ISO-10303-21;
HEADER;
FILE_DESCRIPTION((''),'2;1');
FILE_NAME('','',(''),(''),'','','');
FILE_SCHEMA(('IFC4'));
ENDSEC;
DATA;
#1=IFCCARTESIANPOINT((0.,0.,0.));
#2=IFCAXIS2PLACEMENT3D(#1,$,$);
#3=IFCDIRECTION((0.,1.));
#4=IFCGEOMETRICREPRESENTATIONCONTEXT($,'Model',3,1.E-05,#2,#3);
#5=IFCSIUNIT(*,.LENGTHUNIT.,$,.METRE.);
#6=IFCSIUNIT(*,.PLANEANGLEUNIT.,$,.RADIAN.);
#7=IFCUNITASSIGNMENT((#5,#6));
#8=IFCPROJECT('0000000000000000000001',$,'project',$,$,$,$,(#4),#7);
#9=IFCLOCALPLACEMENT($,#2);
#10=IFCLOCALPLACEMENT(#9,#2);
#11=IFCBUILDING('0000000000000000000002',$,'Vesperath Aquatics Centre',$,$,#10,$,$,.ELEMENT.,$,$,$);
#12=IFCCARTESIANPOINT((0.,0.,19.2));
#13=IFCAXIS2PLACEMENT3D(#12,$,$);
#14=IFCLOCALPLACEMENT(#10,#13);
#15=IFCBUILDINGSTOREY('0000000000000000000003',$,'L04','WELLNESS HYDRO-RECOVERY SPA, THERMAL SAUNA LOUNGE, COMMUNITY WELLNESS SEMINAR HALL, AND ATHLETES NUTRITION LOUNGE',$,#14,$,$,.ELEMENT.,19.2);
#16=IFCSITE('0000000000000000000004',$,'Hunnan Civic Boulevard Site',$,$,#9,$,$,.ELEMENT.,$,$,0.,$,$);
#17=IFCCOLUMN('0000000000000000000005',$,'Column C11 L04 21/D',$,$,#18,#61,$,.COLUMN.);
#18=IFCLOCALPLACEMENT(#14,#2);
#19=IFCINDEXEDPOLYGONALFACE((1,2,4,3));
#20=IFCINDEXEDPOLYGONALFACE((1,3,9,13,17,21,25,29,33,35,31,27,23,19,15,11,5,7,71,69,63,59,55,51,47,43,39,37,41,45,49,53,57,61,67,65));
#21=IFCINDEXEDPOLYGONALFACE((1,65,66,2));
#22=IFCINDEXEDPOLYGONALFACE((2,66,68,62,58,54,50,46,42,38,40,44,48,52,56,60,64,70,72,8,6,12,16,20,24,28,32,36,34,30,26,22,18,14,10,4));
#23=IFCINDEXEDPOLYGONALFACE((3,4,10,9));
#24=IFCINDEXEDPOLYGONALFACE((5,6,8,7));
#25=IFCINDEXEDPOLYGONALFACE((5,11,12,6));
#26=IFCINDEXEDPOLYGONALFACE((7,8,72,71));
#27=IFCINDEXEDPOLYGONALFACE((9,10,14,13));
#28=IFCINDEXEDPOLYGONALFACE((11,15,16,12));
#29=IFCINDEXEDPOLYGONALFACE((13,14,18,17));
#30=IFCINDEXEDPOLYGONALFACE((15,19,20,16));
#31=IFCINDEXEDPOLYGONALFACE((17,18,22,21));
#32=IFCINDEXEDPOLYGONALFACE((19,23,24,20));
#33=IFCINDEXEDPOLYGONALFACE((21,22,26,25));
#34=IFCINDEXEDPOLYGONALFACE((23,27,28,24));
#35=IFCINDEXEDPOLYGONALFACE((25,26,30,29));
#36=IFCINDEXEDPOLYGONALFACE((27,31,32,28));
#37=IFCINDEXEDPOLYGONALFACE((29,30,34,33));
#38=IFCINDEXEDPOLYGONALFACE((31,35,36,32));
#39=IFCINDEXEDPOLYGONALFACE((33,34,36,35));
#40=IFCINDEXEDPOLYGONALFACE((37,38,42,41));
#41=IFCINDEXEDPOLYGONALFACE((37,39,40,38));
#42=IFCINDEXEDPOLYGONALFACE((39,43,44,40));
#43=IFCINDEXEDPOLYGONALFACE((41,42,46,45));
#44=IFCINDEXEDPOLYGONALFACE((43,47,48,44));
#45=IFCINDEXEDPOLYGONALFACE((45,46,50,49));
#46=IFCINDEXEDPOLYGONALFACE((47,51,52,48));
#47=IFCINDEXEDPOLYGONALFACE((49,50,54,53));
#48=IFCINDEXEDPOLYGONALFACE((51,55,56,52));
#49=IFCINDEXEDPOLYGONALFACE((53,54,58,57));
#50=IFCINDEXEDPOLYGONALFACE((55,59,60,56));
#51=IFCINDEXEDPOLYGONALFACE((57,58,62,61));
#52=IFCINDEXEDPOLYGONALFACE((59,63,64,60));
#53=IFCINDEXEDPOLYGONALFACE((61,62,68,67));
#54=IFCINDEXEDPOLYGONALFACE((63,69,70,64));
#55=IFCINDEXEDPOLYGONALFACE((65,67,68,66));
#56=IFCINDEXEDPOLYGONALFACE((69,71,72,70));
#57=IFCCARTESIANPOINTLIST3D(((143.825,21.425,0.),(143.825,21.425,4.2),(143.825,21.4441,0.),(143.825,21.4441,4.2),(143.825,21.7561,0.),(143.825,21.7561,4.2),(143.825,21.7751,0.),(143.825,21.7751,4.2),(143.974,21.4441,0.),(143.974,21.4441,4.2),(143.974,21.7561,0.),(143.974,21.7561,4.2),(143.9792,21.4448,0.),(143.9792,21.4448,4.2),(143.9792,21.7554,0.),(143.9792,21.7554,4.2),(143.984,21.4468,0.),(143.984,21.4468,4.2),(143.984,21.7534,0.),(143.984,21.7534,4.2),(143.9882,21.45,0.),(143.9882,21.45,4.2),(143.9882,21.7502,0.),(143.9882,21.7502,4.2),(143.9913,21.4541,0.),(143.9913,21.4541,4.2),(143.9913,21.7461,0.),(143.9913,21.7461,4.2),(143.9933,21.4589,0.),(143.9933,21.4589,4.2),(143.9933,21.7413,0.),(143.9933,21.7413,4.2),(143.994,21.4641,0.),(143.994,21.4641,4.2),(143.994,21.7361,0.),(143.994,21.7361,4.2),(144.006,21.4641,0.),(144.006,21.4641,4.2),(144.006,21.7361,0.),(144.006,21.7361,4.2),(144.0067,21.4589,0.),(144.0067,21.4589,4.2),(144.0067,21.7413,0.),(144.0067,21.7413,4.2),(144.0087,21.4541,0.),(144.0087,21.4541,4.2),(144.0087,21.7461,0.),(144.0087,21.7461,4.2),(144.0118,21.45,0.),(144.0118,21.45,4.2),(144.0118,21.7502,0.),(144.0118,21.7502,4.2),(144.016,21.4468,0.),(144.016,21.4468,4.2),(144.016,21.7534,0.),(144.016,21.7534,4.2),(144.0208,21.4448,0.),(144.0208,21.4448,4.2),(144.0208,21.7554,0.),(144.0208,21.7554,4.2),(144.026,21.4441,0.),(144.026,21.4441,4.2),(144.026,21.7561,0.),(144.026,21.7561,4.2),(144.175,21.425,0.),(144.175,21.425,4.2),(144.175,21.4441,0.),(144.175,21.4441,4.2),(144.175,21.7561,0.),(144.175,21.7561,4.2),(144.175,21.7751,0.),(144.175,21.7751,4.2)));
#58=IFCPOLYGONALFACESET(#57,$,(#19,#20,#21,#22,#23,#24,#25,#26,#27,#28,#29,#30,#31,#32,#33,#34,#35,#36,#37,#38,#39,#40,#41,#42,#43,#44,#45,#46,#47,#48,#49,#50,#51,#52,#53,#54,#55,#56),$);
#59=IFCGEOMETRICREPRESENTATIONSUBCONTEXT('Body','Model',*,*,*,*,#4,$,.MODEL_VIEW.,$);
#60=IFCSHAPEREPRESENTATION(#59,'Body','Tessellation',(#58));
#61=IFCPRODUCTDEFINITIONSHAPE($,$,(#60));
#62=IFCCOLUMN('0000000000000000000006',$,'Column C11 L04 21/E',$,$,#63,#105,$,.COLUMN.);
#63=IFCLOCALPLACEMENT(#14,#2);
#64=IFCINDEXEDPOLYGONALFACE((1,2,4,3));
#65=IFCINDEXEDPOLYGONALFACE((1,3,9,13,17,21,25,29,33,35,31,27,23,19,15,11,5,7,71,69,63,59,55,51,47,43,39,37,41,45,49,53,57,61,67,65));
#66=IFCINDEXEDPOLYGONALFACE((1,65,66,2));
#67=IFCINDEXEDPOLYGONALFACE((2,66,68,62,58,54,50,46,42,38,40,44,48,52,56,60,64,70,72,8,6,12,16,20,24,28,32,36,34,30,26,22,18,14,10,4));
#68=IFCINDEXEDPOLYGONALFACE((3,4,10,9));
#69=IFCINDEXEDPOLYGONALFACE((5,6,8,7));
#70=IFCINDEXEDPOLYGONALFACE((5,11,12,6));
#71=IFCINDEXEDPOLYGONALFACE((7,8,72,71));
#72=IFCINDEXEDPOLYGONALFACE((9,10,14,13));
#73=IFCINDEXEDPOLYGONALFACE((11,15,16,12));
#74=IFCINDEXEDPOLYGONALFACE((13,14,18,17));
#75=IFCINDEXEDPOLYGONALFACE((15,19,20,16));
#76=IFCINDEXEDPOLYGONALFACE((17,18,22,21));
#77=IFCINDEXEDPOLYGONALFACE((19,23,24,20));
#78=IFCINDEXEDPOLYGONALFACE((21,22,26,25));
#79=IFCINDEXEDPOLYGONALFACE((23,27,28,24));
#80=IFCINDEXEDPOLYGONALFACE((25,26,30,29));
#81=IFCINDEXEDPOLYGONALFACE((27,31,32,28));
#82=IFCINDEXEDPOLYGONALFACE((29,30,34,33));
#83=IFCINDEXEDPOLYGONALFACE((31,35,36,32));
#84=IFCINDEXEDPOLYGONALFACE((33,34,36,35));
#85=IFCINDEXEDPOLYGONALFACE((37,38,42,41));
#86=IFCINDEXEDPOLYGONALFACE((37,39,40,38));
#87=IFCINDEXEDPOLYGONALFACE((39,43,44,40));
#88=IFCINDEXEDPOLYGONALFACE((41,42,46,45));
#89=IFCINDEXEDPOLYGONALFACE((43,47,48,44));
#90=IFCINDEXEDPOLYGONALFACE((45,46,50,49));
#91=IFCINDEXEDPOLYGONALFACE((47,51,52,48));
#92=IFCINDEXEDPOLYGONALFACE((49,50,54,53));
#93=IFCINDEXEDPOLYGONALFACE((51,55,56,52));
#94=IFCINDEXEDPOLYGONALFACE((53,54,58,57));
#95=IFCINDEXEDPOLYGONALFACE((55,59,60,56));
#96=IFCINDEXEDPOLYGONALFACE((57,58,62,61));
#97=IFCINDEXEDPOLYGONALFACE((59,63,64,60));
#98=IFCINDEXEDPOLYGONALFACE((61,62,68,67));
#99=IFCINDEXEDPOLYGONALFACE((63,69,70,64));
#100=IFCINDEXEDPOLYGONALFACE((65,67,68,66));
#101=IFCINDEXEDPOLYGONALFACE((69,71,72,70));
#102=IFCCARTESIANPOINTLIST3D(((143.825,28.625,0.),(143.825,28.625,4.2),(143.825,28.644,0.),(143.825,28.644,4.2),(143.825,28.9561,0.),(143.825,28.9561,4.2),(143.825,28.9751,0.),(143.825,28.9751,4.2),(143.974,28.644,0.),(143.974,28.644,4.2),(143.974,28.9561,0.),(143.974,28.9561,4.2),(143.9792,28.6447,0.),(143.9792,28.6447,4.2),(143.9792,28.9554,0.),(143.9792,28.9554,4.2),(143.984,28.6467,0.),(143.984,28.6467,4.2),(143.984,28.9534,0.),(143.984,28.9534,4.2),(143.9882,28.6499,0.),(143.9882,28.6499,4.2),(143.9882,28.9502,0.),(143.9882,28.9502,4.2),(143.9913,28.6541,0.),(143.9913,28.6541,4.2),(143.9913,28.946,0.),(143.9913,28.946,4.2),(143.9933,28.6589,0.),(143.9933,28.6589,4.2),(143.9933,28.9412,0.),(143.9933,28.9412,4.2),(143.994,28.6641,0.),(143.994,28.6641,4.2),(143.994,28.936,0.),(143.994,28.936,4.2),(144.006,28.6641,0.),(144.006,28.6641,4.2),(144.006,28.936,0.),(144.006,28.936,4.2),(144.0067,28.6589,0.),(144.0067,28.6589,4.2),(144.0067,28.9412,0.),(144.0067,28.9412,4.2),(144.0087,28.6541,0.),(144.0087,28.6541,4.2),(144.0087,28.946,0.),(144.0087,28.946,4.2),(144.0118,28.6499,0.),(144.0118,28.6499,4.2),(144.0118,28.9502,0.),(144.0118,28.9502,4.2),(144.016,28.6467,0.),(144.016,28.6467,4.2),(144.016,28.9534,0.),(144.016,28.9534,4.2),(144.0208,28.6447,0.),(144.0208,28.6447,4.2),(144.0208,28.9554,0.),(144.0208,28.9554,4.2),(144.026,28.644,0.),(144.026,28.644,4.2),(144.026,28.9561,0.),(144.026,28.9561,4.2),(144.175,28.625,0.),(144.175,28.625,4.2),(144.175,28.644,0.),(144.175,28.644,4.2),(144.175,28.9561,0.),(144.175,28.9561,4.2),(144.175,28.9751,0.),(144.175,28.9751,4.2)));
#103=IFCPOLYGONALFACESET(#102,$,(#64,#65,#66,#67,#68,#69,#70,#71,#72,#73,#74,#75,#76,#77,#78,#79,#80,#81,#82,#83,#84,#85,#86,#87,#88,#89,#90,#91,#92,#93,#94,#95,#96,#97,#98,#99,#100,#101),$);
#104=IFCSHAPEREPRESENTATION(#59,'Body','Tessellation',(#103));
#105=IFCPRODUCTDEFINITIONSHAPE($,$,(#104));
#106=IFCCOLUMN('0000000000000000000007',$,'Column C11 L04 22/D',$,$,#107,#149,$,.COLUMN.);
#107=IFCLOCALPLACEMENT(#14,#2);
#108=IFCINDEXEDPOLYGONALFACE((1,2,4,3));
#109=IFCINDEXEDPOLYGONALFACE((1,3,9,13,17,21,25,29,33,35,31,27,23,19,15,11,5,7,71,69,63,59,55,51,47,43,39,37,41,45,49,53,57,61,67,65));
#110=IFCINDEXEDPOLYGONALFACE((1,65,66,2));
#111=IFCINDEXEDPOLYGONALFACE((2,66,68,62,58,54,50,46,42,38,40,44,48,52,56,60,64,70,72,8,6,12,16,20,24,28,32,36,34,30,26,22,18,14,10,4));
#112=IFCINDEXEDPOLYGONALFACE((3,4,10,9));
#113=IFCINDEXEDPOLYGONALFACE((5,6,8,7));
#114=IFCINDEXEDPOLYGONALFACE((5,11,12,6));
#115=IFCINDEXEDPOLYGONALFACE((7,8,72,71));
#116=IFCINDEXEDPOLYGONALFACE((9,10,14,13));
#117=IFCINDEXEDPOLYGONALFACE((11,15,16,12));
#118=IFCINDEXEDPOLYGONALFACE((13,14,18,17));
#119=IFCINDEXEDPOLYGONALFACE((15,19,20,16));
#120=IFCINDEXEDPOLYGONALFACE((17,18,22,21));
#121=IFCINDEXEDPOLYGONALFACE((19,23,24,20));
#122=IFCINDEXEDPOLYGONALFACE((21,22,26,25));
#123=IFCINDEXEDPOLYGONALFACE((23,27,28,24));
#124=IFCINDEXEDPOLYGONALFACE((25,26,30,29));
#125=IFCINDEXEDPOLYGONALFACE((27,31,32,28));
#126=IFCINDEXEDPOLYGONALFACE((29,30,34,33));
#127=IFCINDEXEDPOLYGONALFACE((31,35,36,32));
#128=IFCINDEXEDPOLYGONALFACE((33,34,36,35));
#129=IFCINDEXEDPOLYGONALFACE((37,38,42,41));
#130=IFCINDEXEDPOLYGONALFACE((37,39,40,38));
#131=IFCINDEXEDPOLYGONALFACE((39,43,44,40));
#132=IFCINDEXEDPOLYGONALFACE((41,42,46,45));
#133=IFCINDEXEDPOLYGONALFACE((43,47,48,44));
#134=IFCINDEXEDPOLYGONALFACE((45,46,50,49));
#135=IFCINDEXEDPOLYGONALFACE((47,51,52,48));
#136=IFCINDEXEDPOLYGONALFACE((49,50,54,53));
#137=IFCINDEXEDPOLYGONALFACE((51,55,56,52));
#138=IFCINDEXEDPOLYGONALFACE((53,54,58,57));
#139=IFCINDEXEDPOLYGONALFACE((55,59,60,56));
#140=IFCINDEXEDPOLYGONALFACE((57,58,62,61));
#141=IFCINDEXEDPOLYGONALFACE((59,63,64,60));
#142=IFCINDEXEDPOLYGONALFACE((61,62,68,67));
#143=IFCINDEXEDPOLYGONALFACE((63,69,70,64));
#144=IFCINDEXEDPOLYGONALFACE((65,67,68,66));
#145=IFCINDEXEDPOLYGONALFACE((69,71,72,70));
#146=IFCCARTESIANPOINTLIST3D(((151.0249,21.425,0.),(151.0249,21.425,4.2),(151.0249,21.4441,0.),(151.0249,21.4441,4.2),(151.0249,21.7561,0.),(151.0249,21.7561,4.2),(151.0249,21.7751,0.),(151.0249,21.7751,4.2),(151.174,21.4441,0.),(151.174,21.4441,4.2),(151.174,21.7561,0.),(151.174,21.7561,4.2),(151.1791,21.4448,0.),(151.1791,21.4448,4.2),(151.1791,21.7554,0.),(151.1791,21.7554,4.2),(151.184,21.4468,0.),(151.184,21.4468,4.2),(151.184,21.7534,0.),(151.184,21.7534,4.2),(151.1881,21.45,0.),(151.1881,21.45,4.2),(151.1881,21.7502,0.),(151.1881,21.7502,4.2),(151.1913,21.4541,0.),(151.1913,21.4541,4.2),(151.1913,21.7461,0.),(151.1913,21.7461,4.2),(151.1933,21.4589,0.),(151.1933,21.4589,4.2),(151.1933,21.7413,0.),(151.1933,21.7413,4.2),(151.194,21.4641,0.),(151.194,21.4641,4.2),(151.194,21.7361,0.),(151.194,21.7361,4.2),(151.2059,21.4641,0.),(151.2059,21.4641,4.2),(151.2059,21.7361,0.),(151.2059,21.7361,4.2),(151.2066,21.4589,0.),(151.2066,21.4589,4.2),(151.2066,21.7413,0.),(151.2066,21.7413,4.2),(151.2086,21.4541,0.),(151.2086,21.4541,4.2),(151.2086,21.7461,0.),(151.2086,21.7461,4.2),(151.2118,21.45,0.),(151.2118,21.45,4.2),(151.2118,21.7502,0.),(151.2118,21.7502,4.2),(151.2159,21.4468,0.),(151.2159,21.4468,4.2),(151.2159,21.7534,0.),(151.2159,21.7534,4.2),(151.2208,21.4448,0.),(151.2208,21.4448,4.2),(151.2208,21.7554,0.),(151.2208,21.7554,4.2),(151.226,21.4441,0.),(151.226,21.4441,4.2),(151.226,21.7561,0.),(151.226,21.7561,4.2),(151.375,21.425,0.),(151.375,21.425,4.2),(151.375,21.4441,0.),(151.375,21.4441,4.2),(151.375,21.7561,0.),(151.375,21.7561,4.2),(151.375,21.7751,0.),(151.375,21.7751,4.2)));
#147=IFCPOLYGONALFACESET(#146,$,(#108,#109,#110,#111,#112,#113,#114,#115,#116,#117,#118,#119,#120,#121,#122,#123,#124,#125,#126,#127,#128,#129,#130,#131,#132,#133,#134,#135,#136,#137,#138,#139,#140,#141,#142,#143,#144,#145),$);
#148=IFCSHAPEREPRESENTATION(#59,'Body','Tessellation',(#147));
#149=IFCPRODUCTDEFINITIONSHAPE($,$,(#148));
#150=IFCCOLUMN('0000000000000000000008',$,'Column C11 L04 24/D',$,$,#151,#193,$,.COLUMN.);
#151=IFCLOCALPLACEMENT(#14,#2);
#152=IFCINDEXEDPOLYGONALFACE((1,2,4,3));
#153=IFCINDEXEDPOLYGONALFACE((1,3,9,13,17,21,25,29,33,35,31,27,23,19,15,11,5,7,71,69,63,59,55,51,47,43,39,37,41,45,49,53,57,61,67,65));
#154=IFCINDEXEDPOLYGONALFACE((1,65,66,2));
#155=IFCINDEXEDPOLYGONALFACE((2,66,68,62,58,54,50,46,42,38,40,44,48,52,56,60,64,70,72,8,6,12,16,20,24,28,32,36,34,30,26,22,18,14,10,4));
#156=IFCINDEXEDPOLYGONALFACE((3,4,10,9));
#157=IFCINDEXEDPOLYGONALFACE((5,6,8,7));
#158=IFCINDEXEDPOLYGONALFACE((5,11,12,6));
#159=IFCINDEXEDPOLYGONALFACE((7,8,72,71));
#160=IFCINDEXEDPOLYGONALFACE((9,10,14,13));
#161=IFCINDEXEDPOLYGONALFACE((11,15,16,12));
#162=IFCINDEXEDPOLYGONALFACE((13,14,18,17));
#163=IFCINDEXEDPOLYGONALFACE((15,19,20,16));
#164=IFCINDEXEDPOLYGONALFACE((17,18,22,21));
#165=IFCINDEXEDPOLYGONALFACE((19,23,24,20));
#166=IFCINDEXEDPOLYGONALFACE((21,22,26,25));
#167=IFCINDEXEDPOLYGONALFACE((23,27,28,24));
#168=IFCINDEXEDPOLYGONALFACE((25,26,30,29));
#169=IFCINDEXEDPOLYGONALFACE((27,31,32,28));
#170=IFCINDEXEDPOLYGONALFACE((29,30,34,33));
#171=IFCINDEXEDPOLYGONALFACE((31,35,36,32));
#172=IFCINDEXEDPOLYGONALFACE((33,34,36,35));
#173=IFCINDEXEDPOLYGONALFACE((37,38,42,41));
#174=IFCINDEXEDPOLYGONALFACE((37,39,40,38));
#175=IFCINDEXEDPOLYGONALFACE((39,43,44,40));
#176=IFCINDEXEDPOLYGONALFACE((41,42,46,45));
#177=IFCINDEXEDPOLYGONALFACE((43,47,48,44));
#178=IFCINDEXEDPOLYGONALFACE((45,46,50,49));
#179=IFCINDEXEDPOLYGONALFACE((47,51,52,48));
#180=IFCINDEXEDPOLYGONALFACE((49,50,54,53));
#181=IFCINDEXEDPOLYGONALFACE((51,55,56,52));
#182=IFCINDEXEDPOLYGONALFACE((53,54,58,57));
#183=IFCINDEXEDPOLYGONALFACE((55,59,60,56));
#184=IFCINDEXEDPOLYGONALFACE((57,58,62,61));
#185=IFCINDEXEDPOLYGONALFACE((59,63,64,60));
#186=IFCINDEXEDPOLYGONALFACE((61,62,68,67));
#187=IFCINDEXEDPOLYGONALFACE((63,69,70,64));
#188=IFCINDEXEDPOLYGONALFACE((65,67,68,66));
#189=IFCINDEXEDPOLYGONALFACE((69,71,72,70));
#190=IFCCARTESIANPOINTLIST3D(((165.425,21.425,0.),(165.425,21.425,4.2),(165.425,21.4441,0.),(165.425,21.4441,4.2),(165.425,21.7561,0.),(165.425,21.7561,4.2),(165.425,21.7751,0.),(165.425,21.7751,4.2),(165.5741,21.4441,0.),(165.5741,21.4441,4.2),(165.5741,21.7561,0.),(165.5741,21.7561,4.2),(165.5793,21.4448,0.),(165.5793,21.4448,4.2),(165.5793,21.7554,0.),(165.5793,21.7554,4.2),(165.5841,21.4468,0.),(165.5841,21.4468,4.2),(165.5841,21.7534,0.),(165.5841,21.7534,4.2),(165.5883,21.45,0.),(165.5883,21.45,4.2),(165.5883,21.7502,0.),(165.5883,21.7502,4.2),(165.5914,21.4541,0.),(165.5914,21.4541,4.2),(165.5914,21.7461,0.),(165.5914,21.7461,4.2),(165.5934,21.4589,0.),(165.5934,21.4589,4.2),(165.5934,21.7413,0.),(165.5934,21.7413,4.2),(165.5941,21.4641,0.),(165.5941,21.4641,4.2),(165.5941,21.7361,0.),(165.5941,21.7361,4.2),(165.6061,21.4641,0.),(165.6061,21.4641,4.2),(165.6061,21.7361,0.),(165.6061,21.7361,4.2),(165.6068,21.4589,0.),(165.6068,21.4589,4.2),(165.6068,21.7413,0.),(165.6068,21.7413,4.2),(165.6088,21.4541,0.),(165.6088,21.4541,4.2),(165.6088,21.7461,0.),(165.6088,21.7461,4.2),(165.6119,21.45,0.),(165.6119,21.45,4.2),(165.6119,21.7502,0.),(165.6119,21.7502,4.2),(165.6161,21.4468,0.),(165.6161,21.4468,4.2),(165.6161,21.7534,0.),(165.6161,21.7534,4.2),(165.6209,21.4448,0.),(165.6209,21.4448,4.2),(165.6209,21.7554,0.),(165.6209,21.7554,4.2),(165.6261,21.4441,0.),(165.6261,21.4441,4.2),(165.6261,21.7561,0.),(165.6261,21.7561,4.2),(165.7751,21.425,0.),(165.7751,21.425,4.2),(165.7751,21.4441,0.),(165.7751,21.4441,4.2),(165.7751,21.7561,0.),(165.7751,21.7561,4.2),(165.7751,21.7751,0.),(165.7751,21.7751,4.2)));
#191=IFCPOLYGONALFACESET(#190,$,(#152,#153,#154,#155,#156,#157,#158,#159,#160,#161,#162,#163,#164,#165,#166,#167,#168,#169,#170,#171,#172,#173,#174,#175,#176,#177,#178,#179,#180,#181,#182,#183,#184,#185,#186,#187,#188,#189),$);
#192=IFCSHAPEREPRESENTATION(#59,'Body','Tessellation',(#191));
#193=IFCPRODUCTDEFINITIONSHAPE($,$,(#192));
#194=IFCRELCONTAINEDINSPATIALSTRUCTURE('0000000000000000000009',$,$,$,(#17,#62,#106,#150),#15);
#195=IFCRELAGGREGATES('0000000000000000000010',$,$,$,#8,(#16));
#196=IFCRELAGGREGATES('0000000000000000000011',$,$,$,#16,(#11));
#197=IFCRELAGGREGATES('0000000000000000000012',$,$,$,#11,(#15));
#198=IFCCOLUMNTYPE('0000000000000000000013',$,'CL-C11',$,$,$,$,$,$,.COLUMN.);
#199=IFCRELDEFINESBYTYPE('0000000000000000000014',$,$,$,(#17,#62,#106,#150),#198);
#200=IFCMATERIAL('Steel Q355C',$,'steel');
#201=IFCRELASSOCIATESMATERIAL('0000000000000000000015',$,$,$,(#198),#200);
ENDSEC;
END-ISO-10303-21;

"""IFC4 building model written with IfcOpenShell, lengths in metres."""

from ifc_helpers import new_model, si_unit, direction, frame, origin, origin_2d, place, context, subcontext, project, spatial, i_section, extrude, material, material_profile, profile_set, type_object, element, save


model = new_model("IFC4")

# Units and contexts
model_context = context("Model", 3, precision=1e-05, world=origin(), true_north=direction((0.0, 1.0)))
body_context = subcontext(model_context, "Body", "Model", "MODEL_VIEW")
ifc_project = project(units=[si_unit("LENGTHUNIT", "METRE"), si_unit("PLANEANGLEUNIT", "RADIAN")], contexts=[model_context])

# Site, building, storey
site_placement = place(None, origin())
site = spatial("IfcSite", under=ifc_project, at=site_placement, Name="Hunnan Civic Boulevard Site", CompositionType="ELEMENT", RefElevation=0.0)
building_placement = place(site_placement, origin())
building = spatial("IfcBuilding", under=site, at=building_placement, Name="Vesperath Aquatics Centre", CompositionType="ELEMENT")
storey_placement = place(building_placement, frame((0.0, 0.0, 19.2)))
storey = spatial("IfcBuildingStorey", under=building, at=storey_placement, Name="L04", Description="WELLNESS HYDRO-RECOVERY SPA, THERMAL SAUNA LOUNGE, COMMUNITY WELLNESS SEMINAR HALL, AND ATHLETES NUTRITION LOUNGE", CompositionType="ELEMENT", Elevation=19.2)

# Columns
ifc_material_1 = material(Name="Steel Q355C", Category="steel")
ifc_material_profile_1 = material_profile(ifc_material_1, i_section(OverallWidth=0.3501, OverallDepth=0.3501, WebThickness=0.012, FlangeThickness=0.019, FilletRadius=0.02, at=origin_2d()), Name="HW 350x350x12x19")
ifc_profile_set_1 = profile_set([ifc_material_profile_1], Name="Steel Q355C")
column_type_1 = type_object("IfcColumnType", Name="CL-C11", PredefinedType="COLUMN", material=ifc_profile_set_1)
for number, where, z_axis, x_axis, name in (
    (1, (144.0, 21.6001, 0.0), (0.0, 0.0, 1.0), (1.0, 0.0, 0.0), "Column C11 L04 21/D"),
    (2, (144.0, 28.8, 0.0), (0.0, 0.0, 1.0), (1.0, 0.0, 0.0), "Column C11 L04 21/E"),
    (3, (151.2, 21.6001, 0.0), (0.0, 0.0, 1.0), (1.0, 0.0, 0.0), "Column C11 L04 22/D"),
    (4, (165.6001, 21.6001, 0.0), (0.0, 0.0, 1.0), (1.0, 0.0, 0.0), "Column C11 L04 24/D"),
):
    element("IfcColumn", number, at=place(storey_placement, frame(where, z_axis=z_axis, x_axis=x_axis)), inside=storey, type_object=column_type_1, Name=name, PredefinedType="COLUMN", context=body_context, shape_type="SweptSolid", body=[
        extrude(i_section(OverallWidth=0.3501, OverallDepth=0.3501, WebThickness=0.012, FlangeThickness=0.019, FilletRadius=0.02, at=origin_2d()), origin(), (0.0, 0.0, 1.0), 4.2),
    ])

save(model, "model.ifc")
